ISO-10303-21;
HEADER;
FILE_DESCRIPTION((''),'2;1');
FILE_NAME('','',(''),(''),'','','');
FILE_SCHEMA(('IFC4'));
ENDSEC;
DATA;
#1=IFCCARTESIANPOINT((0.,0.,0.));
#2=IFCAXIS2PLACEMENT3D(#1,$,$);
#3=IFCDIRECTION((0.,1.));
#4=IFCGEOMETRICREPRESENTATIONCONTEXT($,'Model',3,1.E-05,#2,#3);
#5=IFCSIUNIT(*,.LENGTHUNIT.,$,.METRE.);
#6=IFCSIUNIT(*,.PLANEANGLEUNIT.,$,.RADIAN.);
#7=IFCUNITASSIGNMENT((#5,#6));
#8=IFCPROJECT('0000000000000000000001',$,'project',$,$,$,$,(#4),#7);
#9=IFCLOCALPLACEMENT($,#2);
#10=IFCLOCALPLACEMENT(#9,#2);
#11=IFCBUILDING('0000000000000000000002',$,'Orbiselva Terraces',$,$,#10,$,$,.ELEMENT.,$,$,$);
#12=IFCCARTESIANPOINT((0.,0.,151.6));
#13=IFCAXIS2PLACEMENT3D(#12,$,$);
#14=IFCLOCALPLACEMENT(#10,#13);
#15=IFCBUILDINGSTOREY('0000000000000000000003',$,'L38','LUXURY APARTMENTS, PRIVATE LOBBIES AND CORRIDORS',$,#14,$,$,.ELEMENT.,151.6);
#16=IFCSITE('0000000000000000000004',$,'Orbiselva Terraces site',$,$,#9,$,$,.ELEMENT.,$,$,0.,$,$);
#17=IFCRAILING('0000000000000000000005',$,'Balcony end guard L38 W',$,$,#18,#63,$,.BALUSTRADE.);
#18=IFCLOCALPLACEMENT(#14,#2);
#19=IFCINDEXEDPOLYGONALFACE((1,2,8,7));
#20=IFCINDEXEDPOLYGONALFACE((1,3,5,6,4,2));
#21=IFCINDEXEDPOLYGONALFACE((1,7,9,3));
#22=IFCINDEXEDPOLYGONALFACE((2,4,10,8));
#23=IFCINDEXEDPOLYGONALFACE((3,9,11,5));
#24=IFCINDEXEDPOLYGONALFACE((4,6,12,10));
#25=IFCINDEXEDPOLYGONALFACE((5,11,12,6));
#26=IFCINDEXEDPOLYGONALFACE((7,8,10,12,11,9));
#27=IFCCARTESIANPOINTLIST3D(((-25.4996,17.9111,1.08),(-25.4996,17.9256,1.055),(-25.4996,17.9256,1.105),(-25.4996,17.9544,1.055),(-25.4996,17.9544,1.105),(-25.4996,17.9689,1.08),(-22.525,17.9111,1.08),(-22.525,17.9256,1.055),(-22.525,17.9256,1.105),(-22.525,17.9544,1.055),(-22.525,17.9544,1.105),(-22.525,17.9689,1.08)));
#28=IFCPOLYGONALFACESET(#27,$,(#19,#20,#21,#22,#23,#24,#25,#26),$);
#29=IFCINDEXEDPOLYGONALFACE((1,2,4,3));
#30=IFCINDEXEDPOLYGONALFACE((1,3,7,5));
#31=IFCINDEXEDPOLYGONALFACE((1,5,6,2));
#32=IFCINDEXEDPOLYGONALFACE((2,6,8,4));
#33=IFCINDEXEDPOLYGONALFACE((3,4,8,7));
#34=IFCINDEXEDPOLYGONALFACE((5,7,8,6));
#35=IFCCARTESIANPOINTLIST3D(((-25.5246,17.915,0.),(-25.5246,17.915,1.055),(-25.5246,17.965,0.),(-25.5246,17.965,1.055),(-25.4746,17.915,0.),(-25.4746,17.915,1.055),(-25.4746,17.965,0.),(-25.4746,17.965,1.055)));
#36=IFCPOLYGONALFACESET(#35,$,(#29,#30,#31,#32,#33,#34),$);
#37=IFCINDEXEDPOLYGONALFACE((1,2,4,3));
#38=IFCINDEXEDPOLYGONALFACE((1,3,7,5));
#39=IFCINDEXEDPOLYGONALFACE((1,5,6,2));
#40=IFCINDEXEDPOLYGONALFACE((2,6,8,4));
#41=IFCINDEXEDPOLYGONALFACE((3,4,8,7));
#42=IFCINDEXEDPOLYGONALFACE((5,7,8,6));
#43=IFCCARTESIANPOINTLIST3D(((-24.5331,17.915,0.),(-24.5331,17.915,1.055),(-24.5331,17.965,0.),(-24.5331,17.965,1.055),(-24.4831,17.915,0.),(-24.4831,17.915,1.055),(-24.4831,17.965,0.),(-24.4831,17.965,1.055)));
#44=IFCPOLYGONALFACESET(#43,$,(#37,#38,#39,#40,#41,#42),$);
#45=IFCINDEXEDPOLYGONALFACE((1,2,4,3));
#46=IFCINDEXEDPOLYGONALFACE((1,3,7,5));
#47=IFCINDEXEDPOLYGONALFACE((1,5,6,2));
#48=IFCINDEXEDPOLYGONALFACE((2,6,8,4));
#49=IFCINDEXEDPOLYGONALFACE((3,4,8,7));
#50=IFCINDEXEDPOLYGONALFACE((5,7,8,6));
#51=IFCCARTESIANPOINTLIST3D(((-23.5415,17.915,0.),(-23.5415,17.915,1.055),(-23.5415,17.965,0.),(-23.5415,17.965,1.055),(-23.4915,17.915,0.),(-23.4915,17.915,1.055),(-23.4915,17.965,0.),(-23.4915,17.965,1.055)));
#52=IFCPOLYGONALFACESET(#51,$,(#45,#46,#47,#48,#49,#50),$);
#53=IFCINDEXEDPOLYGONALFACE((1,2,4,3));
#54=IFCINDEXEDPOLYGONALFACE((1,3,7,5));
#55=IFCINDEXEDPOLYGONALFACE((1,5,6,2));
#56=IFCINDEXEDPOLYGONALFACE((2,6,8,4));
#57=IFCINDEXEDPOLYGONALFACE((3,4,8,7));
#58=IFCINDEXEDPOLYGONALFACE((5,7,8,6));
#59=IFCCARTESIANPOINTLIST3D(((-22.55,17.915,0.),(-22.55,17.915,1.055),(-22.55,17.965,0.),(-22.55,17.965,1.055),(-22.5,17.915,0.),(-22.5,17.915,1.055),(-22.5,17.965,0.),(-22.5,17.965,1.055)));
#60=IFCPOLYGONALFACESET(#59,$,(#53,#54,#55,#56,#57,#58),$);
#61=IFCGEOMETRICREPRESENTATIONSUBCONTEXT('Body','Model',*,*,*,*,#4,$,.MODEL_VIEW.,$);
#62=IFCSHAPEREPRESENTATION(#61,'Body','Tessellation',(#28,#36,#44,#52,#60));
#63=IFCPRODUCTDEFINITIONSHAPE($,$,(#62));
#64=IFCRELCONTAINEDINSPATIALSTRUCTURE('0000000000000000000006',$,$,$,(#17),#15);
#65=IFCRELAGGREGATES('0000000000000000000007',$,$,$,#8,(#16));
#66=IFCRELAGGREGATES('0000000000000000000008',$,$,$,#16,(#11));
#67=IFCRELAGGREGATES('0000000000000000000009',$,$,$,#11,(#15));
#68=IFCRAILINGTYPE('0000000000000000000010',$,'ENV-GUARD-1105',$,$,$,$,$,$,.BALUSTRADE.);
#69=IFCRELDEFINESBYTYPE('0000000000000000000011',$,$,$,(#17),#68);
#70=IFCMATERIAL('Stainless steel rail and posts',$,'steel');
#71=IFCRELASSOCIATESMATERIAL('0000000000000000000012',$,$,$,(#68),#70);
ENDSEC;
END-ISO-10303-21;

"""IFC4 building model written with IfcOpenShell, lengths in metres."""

from ifc_helpers import new_model, si_unit, direction, frame, origin, origin_2d, place, context, subcontext, project, spatial, polyline, rectangle, outline, extrude, material, type_object, element, save


model = new_model("IFC4")

# Units and contexts
model_context = context("Model", 3, precision=1e-05, world=origin(), true_north=direction((0.0, 1.0)))
body_context = subcontext(model_context, "Body", "Model", "MODEL_VIEW")
ifc_project = project(units=[si_unit("LENGTHUNIT", "METRE"), si_unit("PLANEANGLEUNIT", "RADIAN")], contexts=[model_context])

# Site, building, storey
site_placement = place(None, origin())
site = spatial("IfcSite", under=ifc_project, at=site_placement, Name="Orbiselva Terraces site", CompositionType="ELEMENT", RefElevation=0.0)
building_placement = place(site_placement, origin())
building = spatial("IfcBuilding", under=site, at=building_placement, Name="Orbiselva Terraces", CompositionType="ELEMENT")
storey_placement = place(building_placement, frame((0.0, 0.0, 151.6)))
storey = spatial("IfcBuildingStorey", under=building, at=storey_placement, Name="L38", Description="LUXURY APARTMENTS, PRIVATE LOBBIES AND CORRIDORS", CompositionType="ELEMENT", Elevation=151.6)

# Railing
ifc_material_1 = material(Name="Stainless steel rail and posts", Category="steel")
railing_type_1 = type_object("IfcRailingType", Name="ENV-GUARD-1105", PredefinedType="BALUSTRADE", material=ifc_material_1)
railing_1_placement = place(storey_placement, frame((-25.4996, 17.94, 0.0)))
element("IfcRailing", 1, at=railing_1_placement, inside=storey, type_object=railing_type_1, Name="Balcony end guard L38 W", PredefinedType="BALUSTRADE", context=body_context, shape_type="SweptSolid", body=[
    extrude(outline(polyline([(0.0289, 0.0), (0.0144, 0.025), (-0.0144, 0.025), (-0.0289, 0.0), (-0.0144, -0.025), (0.0144, -0.025), (0.0289, 0.0)])), frame((0.0, 0.0, 1.08), z_axis=(1.0, 0.0, 0.0), x_axis=(0.0, 1.0, 0.0)), (0.0, 0.0, 1.0), 2.9746),
    extrude(rectangle(XDim=0.05, YDim=0.05, at=origin_2d()), origin(), (0.0, 0.0, 1.0), 1.055),
    extrude(rectangle(XDim=0.05, YDim=0.05, at=origin_2d()), frame((0.9915, 0.0, 0.0)), (0.0, 0.0, 1.0), 1.055),
    extrude(rectangle(XDim=0.05, YDim=0.05, at=origin_2d()), frame((1.9831, 0.0, 0.0)), (0.0, 0.0, 1.0), 1.055),
    extrude(rectangle(XDim=0.05, YDim=0.05, at=origin_2d()), frame((2.9746, 0.0, 0.0)), (0.0, 0.0, 1.0), 1.055),
])

save(model, "model.ifc")
